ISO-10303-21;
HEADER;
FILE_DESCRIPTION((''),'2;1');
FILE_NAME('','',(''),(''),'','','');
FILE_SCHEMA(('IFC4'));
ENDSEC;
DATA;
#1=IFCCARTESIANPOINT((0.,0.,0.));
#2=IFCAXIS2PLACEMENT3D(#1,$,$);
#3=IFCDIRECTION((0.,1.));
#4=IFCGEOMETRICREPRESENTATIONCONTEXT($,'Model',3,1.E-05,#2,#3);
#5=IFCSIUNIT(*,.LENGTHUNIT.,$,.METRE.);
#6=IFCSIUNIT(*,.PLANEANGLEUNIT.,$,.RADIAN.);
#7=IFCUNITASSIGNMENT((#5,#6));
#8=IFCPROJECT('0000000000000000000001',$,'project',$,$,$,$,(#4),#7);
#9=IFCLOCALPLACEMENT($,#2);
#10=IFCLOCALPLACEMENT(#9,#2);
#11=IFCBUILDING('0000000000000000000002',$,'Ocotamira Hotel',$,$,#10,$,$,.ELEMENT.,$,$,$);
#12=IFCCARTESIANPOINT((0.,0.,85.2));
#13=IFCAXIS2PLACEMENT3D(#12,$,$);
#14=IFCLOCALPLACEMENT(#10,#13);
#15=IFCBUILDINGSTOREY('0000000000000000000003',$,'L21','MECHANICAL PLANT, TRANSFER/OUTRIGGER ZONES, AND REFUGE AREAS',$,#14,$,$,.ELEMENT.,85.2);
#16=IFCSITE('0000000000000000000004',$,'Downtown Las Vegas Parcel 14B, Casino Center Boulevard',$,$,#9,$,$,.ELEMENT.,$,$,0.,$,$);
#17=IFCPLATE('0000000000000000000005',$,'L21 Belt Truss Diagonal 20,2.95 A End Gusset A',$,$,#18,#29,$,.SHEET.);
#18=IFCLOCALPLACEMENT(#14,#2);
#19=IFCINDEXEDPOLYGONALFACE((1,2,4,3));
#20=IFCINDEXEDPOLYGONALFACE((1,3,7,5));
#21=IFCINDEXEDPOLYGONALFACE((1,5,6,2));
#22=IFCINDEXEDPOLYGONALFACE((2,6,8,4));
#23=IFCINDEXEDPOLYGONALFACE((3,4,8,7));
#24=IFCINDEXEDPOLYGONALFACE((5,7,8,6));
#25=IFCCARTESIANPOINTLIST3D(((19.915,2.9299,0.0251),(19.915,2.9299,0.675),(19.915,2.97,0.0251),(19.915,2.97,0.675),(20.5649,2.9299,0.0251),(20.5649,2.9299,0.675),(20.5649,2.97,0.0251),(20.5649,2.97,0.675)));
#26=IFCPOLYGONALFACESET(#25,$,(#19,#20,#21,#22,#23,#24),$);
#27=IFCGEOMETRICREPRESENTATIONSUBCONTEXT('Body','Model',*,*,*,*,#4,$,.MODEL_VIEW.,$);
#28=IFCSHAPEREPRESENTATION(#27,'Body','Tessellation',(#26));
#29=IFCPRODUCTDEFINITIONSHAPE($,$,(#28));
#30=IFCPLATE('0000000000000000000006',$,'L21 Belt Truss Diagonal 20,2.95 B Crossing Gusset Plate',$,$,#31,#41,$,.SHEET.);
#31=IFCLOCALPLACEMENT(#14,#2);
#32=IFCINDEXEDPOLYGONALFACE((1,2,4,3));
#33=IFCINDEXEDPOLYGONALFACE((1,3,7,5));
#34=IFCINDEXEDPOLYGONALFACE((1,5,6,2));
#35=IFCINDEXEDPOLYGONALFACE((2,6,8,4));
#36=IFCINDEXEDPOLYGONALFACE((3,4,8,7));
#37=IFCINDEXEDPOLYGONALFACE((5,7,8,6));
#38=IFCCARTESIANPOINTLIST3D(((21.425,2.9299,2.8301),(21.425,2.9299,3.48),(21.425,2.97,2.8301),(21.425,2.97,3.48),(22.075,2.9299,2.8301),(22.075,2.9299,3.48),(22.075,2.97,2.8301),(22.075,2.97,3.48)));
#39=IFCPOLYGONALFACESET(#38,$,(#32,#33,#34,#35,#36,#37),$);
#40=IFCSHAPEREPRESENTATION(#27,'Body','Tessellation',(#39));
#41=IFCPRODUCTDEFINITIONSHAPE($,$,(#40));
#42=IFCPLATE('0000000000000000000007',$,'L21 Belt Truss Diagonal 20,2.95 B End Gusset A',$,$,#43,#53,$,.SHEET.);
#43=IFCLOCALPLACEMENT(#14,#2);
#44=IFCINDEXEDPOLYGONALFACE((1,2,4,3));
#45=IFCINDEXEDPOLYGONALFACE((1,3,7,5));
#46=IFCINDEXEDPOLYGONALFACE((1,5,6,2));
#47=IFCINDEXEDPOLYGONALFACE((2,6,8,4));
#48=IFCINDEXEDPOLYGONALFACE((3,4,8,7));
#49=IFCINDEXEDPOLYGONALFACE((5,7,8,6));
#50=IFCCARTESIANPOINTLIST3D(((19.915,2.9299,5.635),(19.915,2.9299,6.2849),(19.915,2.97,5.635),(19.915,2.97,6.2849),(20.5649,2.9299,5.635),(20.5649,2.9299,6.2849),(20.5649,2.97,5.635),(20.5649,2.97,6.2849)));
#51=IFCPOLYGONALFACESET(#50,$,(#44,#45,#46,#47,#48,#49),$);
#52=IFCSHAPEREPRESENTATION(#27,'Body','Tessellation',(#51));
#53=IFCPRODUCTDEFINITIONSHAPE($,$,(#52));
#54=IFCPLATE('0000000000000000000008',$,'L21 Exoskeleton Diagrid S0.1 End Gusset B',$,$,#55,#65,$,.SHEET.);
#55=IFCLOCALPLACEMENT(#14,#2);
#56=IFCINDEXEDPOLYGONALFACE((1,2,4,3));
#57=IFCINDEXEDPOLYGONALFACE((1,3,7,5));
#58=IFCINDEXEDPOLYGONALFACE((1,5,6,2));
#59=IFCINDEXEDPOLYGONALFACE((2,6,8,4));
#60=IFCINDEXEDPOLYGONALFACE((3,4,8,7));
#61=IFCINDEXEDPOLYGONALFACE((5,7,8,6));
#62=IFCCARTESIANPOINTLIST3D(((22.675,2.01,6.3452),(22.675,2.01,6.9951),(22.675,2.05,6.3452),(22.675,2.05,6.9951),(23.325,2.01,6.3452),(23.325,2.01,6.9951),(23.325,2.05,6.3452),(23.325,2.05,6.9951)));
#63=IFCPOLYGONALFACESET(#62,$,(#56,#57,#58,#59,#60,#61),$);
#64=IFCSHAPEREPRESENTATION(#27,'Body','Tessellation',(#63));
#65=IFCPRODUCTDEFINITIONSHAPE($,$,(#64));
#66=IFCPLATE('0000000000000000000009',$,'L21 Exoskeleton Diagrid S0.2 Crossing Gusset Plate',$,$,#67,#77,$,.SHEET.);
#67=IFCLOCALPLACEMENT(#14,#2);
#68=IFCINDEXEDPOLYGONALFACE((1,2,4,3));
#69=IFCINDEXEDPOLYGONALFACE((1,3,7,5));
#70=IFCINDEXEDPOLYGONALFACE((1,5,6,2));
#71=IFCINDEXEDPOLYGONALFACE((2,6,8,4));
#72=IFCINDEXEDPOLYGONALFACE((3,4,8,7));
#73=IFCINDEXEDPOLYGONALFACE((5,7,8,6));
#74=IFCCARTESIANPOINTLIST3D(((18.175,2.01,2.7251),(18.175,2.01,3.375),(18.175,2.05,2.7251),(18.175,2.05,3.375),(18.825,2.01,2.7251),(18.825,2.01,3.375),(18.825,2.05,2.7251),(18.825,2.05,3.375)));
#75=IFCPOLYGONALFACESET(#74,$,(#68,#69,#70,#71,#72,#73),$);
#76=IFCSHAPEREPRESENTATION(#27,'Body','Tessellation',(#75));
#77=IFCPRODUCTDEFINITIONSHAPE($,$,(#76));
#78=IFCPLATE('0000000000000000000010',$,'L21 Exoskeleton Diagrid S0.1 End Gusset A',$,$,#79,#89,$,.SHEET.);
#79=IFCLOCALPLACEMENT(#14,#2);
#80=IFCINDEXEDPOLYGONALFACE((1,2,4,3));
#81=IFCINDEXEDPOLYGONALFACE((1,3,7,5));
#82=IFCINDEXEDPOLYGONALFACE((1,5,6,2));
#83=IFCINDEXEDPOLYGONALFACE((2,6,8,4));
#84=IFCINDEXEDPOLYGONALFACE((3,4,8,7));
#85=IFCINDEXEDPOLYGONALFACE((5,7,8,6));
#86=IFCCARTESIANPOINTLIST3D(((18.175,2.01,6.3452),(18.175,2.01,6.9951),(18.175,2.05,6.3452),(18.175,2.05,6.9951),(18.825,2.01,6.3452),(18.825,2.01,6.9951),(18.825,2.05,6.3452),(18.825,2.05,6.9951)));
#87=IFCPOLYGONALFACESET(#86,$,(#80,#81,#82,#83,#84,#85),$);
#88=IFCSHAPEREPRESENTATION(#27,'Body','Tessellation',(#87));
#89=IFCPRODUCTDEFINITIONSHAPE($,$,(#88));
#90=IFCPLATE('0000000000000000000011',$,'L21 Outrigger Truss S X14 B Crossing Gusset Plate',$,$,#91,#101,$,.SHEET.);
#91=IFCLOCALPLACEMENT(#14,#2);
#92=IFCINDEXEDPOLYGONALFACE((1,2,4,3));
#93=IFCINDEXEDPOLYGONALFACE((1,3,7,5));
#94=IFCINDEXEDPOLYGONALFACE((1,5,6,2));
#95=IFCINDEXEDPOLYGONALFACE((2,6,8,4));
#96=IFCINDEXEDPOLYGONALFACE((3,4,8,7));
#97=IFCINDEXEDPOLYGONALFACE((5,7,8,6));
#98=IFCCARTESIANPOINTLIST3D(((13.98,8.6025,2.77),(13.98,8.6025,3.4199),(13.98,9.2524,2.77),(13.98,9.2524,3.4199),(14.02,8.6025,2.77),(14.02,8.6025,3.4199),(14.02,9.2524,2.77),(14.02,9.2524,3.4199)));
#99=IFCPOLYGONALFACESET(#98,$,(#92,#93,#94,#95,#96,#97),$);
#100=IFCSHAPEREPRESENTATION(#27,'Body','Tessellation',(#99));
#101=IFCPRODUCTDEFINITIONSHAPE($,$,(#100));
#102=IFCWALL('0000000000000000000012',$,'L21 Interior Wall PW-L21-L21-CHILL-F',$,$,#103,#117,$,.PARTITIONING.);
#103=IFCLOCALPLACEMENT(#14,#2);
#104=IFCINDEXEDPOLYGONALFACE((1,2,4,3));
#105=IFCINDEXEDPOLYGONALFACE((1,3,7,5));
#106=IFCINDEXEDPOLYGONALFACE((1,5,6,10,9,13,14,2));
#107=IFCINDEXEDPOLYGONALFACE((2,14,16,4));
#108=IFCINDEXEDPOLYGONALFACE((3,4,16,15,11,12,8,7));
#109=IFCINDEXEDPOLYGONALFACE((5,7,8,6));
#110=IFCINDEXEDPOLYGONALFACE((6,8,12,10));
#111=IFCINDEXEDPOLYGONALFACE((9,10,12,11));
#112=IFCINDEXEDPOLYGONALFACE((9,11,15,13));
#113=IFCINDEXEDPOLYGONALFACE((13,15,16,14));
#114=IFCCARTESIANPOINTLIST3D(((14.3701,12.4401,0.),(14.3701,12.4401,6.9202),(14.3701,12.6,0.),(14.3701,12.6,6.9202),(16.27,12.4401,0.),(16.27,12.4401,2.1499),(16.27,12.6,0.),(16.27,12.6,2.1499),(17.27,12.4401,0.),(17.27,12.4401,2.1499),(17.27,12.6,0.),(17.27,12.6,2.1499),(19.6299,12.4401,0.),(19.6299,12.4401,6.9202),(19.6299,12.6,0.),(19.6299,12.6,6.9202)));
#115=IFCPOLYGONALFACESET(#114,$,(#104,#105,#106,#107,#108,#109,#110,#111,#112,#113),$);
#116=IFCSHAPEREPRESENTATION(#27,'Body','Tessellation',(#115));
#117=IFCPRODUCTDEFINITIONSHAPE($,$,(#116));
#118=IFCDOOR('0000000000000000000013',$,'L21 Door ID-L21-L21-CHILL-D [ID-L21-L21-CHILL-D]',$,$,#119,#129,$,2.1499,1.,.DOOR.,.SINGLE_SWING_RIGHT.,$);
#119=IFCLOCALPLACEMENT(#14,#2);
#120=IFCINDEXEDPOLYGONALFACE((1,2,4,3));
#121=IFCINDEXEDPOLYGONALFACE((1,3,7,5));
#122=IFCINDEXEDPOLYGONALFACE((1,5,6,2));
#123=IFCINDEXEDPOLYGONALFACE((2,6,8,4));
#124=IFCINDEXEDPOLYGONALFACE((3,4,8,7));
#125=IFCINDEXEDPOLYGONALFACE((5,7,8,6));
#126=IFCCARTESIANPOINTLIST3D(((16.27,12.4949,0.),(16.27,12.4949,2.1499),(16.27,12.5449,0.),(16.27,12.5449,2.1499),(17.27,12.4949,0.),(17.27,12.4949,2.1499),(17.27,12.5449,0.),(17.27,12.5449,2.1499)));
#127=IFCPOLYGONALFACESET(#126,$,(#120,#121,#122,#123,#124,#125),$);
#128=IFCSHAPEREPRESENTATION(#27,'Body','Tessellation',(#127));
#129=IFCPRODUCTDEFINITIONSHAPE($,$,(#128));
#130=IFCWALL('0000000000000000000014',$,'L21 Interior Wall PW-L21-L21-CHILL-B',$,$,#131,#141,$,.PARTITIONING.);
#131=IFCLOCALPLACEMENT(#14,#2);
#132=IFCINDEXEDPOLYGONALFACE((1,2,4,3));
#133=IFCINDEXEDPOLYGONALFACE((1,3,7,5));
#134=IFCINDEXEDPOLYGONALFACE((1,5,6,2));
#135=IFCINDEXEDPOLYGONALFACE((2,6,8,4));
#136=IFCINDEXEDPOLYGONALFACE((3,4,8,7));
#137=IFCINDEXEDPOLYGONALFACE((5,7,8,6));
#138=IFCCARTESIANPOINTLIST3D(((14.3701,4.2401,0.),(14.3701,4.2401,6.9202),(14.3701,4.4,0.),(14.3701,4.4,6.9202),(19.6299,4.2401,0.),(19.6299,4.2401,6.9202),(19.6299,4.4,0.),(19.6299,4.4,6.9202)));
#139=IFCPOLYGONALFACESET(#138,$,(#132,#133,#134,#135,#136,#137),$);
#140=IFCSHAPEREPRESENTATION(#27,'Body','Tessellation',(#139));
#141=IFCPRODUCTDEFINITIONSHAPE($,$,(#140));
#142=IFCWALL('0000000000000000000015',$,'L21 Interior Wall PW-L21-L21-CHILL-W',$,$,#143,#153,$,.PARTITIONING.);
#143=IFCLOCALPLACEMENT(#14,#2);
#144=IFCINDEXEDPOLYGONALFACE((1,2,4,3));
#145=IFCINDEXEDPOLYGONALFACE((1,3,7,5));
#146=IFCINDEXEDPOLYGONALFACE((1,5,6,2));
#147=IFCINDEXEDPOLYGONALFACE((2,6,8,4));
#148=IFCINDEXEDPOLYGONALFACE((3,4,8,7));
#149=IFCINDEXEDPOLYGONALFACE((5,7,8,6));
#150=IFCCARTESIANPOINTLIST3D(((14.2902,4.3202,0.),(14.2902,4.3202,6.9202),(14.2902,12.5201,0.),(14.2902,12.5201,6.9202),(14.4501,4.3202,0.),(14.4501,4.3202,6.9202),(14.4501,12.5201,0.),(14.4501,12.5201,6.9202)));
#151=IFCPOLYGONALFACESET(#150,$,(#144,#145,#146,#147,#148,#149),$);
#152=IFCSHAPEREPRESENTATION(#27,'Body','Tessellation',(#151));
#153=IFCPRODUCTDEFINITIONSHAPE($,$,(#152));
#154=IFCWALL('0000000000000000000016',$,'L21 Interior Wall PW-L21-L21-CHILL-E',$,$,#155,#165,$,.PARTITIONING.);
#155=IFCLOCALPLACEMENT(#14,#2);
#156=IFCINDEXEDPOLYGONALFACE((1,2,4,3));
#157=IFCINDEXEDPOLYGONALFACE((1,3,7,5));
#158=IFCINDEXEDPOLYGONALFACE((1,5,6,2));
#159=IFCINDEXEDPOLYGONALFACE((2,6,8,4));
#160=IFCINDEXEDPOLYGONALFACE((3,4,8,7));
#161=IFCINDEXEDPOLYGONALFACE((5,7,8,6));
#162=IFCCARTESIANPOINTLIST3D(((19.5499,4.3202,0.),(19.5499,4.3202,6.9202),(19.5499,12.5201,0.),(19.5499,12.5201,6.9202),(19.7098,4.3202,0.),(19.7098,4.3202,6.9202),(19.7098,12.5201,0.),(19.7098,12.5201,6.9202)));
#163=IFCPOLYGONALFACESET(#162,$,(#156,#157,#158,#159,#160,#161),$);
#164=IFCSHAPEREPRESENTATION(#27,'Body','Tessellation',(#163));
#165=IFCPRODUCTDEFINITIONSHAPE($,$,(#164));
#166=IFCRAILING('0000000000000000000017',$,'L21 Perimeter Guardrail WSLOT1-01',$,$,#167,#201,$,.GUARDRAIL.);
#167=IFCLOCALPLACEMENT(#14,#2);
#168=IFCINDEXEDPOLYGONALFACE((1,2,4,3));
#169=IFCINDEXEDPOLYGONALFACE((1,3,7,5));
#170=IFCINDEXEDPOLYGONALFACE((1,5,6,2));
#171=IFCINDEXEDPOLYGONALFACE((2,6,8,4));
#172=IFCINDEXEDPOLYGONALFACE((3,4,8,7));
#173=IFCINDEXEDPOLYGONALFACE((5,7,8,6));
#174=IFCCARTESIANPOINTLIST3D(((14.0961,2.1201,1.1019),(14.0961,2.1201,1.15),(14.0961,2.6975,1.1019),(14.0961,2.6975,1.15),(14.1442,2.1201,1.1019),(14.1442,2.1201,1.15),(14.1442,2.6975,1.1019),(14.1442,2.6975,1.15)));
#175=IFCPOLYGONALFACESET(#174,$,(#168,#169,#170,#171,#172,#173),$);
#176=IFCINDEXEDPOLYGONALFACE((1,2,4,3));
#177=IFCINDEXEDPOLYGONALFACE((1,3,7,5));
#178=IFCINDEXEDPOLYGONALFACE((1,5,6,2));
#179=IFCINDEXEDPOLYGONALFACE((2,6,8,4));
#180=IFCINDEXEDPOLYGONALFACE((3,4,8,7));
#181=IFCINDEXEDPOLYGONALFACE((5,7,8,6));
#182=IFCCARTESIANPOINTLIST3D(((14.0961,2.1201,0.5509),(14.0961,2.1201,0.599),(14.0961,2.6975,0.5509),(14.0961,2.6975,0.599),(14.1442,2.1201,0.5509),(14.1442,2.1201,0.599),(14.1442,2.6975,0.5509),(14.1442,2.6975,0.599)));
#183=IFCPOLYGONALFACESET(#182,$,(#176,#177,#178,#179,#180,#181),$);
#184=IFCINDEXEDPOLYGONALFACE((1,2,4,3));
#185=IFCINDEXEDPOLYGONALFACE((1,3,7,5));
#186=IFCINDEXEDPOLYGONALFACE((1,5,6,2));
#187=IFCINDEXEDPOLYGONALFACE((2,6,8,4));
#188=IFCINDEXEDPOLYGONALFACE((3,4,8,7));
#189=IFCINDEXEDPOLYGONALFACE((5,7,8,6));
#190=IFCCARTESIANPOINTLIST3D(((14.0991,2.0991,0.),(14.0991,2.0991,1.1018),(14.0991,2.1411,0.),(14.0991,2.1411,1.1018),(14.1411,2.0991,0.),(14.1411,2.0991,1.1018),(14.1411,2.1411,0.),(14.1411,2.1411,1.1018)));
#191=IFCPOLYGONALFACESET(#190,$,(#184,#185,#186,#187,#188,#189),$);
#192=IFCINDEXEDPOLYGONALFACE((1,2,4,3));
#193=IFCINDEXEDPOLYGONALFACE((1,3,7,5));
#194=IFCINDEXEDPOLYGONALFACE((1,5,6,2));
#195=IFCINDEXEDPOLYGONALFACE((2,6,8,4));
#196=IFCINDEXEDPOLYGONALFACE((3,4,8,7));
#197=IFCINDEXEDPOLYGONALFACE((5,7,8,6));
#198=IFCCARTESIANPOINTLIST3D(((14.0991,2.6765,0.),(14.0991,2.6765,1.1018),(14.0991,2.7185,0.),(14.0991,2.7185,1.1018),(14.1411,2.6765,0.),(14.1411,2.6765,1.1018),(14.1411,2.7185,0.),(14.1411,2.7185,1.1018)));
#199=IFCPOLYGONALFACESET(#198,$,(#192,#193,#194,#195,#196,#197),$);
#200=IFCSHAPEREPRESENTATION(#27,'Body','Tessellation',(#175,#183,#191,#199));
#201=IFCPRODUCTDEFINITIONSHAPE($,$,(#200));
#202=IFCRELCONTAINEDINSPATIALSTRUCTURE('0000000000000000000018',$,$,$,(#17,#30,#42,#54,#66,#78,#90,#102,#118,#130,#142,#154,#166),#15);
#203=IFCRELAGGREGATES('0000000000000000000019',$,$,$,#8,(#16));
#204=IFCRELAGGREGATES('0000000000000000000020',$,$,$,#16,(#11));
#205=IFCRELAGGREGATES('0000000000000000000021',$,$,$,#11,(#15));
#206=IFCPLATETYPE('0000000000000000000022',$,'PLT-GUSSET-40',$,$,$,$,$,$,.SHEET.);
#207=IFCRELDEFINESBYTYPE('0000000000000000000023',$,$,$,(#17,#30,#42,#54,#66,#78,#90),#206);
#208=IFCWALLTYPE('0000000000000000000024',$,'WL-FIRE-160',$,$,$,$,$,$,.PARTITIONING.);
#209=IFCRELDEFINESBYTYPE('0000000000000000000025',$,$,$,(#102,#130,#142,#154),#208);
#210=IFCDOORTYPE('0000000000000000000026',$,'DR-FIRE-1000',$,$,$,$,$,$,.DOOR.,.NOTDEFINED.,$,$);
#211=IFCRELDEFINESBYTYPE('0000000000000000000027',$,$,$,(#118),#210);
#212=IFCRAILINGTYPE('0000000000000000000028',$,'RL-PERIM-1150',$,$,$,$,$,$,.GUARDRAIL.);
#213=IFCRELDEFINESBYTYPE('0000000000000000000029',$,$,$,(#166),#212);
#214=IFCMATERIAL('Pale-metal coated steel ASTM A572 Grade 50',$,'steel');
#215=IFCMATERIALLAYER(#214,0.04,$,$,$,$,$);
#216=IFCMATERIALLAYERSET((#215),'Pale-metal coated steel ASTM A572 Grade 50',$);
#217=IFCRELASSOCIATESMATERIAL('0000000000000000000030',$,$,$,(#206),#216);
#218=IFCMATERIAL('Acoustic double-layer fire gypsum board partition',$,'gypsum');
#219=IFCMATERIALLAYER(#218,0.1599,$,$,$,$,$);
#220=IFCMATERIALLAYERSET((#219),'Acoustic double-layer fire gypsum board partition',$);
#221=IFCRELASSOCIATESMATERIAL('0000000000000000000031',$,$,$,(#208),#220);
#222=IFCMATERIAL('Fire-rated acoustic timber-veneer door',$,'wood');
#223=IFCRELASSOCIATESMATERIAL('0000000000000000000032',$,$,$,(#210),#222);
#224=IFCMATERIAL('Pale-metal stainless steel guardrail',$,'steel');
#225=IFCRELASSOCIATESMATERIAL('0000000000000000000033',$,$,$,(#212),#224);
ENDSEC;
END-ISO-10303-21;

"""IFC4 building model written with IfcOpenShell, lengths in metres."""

from ifc_helpers import new_model, si_unit, direction, frame, frame_2d, origin, origin_2d, place, context, subcontext, project, spatial, rectangle, extrude, source, transform, mapped, material, layer, layer_set, type_object, element, fill, save


model = new_model("IFC4")

# Units and contexts
model_context = context("Model", 3, precision=1e-05, world=origin(), true_north=direction((0.0, 1.0)))
body_context = subcontext(model_context, "Body", "Model", "MODEL_VIEW")
ifc_project = project(units=[si_unit("LENGTHUNIT", "METRE"), si_unit("PLANEANGLEUNIT", "RADIAN")], contexts=[model_context])

# Site, building, storey
site_placement = place(None, origin())
site = spatial("IfcSite", under=ifc_project, at=site_placement, Name="Downtown Las Vegas Parcel 14B, Casino Center Boulevard", CompositionType="ELEMENT", RefElevation=0.0)
building_placement = place(site_placement, origin())
building = spatial("IfcBuilding", under=site, at=building_placement, Name="Ocotamira Hotel", CompositionType="ELEMENT")
storey_placement = place(building_placement, frame((0.0, 0.0, 85.2)))
storey = spatial("IfcBuildingStorey", under=building, at=storey_placement, Name="L21", Description="MECHANICAL PLANT, TRANSFER/OUTRIGGER ZONES, AND REFUGE AREAS", CompositionType="ELEMENT", Elevation=85.2)

# Plates
ifc_material_1 = material(Name="Pale-metal coated steel ASTM A572 Grade 50", Category="steel")
ifc_layer_1 = layer(ifc_material_1, 0.04)
ifc_layer_set_1 = layer_set([ifc_layer_1], Name="Pale-metal coated steel ASTM A572 Grade 50")
plate_type = type_object("IfcPlateType", Name="PLT-GUSSET-40", PredefinedType="SHEET", material=ifc_layer_set_1)
shared_shape_1 = source(origin(), body_context, "Body", "SweptSolid", [
    extrude(rectangle(XDim=0.6499, YDim=0.04, at=origin_2d()), origin(), (0.0, 0.0, 1.0), 0.6499),
])
for number, where, z_axis, x_axis, name in (
    (1, (20.24, 2.95, 0.0251), (0.0, 0.0, 1.0), (1.0, 0.0, 0.0), "L21 Belt Truss Diagonal 20,2.95 A End Gusset A"),
    (2, (21.75, 2.95, 2.8301), (0.0, 0.0, 1.0), (1.0, 0.0, 0.0), "L21 Belt Truss Diagonal 20,2.95 B Crossing Gusset Plate"),
    (3, (20.24, 2.95, 5.635), (0.0, 0.0, 1.0), (1.0, 0.0, 0.0), "L21 Belt Truss Diagonal 20,2.95 B End Gusset A"),
    (4, (23.0, 2.03, 6.3452), (0.0, 0.0, 1.0), (1.0, 0.0, 0.0), "L21 Exoskeleton Diagrid S0.1 End Gusset B"),
    (5, (18.5, 2.03, 2.7251), (0.0, 0.0, 1.0), (-1.0, 0.0, 0.0), "L21 Exoskeleton Diagrid S0.2 Crossing Gusset Plate"),
    (6, (18.5, 2.03, 6.3452), (0.0, 0.0, 1.0), (-1.0, 0.0, 0.0), "L21 Exoskeleton Diagrid S0.1 End Gusset A"),
):
    element("IfcPlate", number, at=place(storey_placement, frame(where, z_axis=z_axis, x_axis=x_axis)), inside=storey, type_object=plate_type, Name=name, PredefinedType="SHEET", context=body_context, shape_type="MappedRepresentation", body=[
        mapped(shared_shape_1, transform((0.0, 0.0, 0.0), scale=1.0)),
    ])
shared_shape_2 = source(origin(), body_context, "Body", "SweptSolid", [
    extrude(rectangle(XDim=0.04, YDim=0.6499, at=origin_2d()), origin(), (0.0, 0.0, 1.0), 0.6499),
])
plate_placement = place(storey_placement, frame((14.0, 8.9275, 2.77), z_axis=(0.0, 0.0, 1.0), x_axis=(1.0, 0.0, 0.0)))
element("IfcPlate", 7, at=plate_placement, inside=storey, type_object=plate_type, Name="L21 Outrigger Truss S X14 B Crossing Gusset Plate", PredefinedType="SHEET", context=body_context, shape_type="MappedRepresentation", body=[
    mapped(shared_shape_2, transform((0.0, 0.0, 0.0), scale=1.0)),
])

# Wall, opening, door
ifc_material_2 = material(Name="Acoustic double-layer fire gypsum board partition", Category="gypsum")
ifc_layer_2 = layer(ifc_material_2, 0.1599)
ifc_layer_set_2 = layer_set([ifc_layer_2], Name="Acoustic double-layer fire gypsum board partition")
wall_type = type_object("IfcWallType", Name="WL-FIRE-160", PredefinedType="PARTITIONING", material=ifc_layer_set_2)
wall_1_placement = place(storey_placement, frame((14.3701, 12.52, 0.0), z_axis=(0.0, 0.0, 1.0), x_axis=(1.0, 0.0, 0.0)))
wall_1 = element("IfcWall", 8, at=wall_1_placement, inside=storey, type_object=wall_type, Name="L21 Interior Wall PW-L21-L21-CHILL-F", PredefinedType="PARTITIONING", context=body_context, shape_type="SweptSolid", body=[
    extrude(rectangle(XDim=5.2598, YDim=0.1599, at=frame_2d((2.6299, 0.0))), origin(), (0.0, 0.0, 1.0), 6.9202),
])
opening_placement = place(wall_1_placement, frame((1.8999, 0.0, 0.0)))
opening = element("IfcOpeningElement", 9, at=opening_placement, cuts=wall_1, PredefinedType="OPENING", context=body_context, shape_type="SweptSolid", body=[
    extrude(rectangle(XDim=1.0, YDim=2.1499, at=frame_2d((0.5, 1.075))), frame((0.0, 0.0898, 0.0), z_axis=(0.0, -1.0, 0.0), x_axis=(1.0, 0.0, 0.0)), (0.0, 0.0, 1.0), 0.1799),
])
ifc_material_3 = material(Name="Fire-rated acoustic timber-veneer door", Category="wood")
door_type = type_object("IfcDoorType", Name="DR-FIRE-1000", OperationType="NOTDEFINED", PredefinedType="DOOR", material=ifc_material_3)
shared_shape_3 = source(origin(), body_context, "Body", "SweptSolid", [
    extrude(rectangle(XDim=1.0, YDim=2.1499, at=frame_2d((0.5, 1.075))), frame((0.0, 0.0249, 0.0), z_axis=(0.0, -1.0, 0.0), x_axis=(1.0, 0.0, 0.0)), (0.0, 0.0, 1.0), 0.05),
])
door_placement = place(opening_placement, origin())
door = element("IfcDoor", 10, at=door_placement, inside=storey, type_object=door_type, Name="L21 Door ID-L21-L21-CHILL-D [ID-L21-L21-CHILL-D]", OperationType="SINGLE_SWING_RIGHT", OverallHeight=2.1499, OverallWidth=1.0, PredefinedType="DOOR", context=body_context, shape_type="MappedRepresentation", body=[
    mapped(shared_shape_3, transform((0.0, 0.0, 0.0), scale=1.0)),
])
fill(opening, door)

# Walls
wall_2_placement = place(storey_placement, frame((14.3701, 4.3201, 0.0), z_axis=(0.0, 0.0, 1.0), x_axis=(1.0, 0.0, 0.0)))
element("IfcWall", 11, at=wall_2_placement, inside=storey, type_object=wall_type, Name="L21 Interior Wall PW-L21-L21-CHILL-B", PredefinedType="PARTITIONING", context=body_context, shape_type="SweptSolid", body=[
    extrude(rectangle(XDim=5.2598, YDim=0.1599, at=frame_2d((2.6299, 0.0))), origin(), (0.0, 0.0, 1.0), 6.9202),
])
for number, where, z_axis, x_axis, name in (
    (12, (14.3701, 4.3201, 0.0), (0.0, 0.0, 1.0), (0.0, 1.0, 0.0), "L21 Interior Wall PW-L21-L21-CHILL-W"),
    (13, (19.6299, 4.3201, 0.0), (0.0, 0.0, 1.0), (0.0, 1.0, 0.0), "L21 Interior Wall PW-L21-L21-CHILL-E"),
):
    element("IfcWall", number, at=place(storey_placement, frame(where, z_axis=z_axis, x_axis=x_axis)), inside=storey, type_object=wall_type, Name=name, PredefinedType="PARTITIONING", context=body_context, shape_type="SweptSolid", body=[
        extrude(rectangle(XDim=8.2, YDim=0.1599, at=frame_2d((4.1001, 0.0))), origin(), (0.0, 0.0, 1.0), 6.9202),
    ])

# Railing
ifc_material_4 = material(Name="Pale-metal stainless steel guardrail", Category="steel")
railing_type = type_object("IfcRailingType", Name="RL-PERIM-1150", PredefinedType="GUARDRAIL", material=ifc_material_4)
railing_1_placement = place(storey_placement, frame((14.1201, 2.1201, 0.0)))
element("IfcRailing", 14, at=railing_1_placement, inside=storey, type_object=railing_type, Name="L21 Perimeter Guardrail WSLOT1-01", PredefinedType="GUARDRAIL", context=body_context, shape_type="SweptSolid", body=[
    extrude(rectangle(XDim=0.0481, YDim=0.0481, at=origin_2d()), frame((0.0, 0.0, 1.126), z_axis=(0.0, 1.0, 0.0), x_axis=(-1.0, 0.0, 0.0)), (0.0, 0.0, 1.0), 0.5774),
    extrude(rectangle(XDim=0.0481, YDim=0.0481, at=origin_2d()), frame((0.0, 0.0, 0.575), z_axis=(0.0, 1.0, 0.0), x_axis=(-1.0, 0.0, 0.0)), (0.0, 0.0, 1.0), 0.5774),
    extrude(rectangle(XDim=0.042, YDim=0.042, at=origin_2d()), origin(), (0.0, 0.0, 1.0), 1.1018),
    extrude(rectangle(XDim=0.042, YDim=0.042, at=origin_2d()), frame((0.0, 0.5774, 0.0)), (0.0, 0.0, 1.0), 1.1018),
])

save(model, "model.ifc")
